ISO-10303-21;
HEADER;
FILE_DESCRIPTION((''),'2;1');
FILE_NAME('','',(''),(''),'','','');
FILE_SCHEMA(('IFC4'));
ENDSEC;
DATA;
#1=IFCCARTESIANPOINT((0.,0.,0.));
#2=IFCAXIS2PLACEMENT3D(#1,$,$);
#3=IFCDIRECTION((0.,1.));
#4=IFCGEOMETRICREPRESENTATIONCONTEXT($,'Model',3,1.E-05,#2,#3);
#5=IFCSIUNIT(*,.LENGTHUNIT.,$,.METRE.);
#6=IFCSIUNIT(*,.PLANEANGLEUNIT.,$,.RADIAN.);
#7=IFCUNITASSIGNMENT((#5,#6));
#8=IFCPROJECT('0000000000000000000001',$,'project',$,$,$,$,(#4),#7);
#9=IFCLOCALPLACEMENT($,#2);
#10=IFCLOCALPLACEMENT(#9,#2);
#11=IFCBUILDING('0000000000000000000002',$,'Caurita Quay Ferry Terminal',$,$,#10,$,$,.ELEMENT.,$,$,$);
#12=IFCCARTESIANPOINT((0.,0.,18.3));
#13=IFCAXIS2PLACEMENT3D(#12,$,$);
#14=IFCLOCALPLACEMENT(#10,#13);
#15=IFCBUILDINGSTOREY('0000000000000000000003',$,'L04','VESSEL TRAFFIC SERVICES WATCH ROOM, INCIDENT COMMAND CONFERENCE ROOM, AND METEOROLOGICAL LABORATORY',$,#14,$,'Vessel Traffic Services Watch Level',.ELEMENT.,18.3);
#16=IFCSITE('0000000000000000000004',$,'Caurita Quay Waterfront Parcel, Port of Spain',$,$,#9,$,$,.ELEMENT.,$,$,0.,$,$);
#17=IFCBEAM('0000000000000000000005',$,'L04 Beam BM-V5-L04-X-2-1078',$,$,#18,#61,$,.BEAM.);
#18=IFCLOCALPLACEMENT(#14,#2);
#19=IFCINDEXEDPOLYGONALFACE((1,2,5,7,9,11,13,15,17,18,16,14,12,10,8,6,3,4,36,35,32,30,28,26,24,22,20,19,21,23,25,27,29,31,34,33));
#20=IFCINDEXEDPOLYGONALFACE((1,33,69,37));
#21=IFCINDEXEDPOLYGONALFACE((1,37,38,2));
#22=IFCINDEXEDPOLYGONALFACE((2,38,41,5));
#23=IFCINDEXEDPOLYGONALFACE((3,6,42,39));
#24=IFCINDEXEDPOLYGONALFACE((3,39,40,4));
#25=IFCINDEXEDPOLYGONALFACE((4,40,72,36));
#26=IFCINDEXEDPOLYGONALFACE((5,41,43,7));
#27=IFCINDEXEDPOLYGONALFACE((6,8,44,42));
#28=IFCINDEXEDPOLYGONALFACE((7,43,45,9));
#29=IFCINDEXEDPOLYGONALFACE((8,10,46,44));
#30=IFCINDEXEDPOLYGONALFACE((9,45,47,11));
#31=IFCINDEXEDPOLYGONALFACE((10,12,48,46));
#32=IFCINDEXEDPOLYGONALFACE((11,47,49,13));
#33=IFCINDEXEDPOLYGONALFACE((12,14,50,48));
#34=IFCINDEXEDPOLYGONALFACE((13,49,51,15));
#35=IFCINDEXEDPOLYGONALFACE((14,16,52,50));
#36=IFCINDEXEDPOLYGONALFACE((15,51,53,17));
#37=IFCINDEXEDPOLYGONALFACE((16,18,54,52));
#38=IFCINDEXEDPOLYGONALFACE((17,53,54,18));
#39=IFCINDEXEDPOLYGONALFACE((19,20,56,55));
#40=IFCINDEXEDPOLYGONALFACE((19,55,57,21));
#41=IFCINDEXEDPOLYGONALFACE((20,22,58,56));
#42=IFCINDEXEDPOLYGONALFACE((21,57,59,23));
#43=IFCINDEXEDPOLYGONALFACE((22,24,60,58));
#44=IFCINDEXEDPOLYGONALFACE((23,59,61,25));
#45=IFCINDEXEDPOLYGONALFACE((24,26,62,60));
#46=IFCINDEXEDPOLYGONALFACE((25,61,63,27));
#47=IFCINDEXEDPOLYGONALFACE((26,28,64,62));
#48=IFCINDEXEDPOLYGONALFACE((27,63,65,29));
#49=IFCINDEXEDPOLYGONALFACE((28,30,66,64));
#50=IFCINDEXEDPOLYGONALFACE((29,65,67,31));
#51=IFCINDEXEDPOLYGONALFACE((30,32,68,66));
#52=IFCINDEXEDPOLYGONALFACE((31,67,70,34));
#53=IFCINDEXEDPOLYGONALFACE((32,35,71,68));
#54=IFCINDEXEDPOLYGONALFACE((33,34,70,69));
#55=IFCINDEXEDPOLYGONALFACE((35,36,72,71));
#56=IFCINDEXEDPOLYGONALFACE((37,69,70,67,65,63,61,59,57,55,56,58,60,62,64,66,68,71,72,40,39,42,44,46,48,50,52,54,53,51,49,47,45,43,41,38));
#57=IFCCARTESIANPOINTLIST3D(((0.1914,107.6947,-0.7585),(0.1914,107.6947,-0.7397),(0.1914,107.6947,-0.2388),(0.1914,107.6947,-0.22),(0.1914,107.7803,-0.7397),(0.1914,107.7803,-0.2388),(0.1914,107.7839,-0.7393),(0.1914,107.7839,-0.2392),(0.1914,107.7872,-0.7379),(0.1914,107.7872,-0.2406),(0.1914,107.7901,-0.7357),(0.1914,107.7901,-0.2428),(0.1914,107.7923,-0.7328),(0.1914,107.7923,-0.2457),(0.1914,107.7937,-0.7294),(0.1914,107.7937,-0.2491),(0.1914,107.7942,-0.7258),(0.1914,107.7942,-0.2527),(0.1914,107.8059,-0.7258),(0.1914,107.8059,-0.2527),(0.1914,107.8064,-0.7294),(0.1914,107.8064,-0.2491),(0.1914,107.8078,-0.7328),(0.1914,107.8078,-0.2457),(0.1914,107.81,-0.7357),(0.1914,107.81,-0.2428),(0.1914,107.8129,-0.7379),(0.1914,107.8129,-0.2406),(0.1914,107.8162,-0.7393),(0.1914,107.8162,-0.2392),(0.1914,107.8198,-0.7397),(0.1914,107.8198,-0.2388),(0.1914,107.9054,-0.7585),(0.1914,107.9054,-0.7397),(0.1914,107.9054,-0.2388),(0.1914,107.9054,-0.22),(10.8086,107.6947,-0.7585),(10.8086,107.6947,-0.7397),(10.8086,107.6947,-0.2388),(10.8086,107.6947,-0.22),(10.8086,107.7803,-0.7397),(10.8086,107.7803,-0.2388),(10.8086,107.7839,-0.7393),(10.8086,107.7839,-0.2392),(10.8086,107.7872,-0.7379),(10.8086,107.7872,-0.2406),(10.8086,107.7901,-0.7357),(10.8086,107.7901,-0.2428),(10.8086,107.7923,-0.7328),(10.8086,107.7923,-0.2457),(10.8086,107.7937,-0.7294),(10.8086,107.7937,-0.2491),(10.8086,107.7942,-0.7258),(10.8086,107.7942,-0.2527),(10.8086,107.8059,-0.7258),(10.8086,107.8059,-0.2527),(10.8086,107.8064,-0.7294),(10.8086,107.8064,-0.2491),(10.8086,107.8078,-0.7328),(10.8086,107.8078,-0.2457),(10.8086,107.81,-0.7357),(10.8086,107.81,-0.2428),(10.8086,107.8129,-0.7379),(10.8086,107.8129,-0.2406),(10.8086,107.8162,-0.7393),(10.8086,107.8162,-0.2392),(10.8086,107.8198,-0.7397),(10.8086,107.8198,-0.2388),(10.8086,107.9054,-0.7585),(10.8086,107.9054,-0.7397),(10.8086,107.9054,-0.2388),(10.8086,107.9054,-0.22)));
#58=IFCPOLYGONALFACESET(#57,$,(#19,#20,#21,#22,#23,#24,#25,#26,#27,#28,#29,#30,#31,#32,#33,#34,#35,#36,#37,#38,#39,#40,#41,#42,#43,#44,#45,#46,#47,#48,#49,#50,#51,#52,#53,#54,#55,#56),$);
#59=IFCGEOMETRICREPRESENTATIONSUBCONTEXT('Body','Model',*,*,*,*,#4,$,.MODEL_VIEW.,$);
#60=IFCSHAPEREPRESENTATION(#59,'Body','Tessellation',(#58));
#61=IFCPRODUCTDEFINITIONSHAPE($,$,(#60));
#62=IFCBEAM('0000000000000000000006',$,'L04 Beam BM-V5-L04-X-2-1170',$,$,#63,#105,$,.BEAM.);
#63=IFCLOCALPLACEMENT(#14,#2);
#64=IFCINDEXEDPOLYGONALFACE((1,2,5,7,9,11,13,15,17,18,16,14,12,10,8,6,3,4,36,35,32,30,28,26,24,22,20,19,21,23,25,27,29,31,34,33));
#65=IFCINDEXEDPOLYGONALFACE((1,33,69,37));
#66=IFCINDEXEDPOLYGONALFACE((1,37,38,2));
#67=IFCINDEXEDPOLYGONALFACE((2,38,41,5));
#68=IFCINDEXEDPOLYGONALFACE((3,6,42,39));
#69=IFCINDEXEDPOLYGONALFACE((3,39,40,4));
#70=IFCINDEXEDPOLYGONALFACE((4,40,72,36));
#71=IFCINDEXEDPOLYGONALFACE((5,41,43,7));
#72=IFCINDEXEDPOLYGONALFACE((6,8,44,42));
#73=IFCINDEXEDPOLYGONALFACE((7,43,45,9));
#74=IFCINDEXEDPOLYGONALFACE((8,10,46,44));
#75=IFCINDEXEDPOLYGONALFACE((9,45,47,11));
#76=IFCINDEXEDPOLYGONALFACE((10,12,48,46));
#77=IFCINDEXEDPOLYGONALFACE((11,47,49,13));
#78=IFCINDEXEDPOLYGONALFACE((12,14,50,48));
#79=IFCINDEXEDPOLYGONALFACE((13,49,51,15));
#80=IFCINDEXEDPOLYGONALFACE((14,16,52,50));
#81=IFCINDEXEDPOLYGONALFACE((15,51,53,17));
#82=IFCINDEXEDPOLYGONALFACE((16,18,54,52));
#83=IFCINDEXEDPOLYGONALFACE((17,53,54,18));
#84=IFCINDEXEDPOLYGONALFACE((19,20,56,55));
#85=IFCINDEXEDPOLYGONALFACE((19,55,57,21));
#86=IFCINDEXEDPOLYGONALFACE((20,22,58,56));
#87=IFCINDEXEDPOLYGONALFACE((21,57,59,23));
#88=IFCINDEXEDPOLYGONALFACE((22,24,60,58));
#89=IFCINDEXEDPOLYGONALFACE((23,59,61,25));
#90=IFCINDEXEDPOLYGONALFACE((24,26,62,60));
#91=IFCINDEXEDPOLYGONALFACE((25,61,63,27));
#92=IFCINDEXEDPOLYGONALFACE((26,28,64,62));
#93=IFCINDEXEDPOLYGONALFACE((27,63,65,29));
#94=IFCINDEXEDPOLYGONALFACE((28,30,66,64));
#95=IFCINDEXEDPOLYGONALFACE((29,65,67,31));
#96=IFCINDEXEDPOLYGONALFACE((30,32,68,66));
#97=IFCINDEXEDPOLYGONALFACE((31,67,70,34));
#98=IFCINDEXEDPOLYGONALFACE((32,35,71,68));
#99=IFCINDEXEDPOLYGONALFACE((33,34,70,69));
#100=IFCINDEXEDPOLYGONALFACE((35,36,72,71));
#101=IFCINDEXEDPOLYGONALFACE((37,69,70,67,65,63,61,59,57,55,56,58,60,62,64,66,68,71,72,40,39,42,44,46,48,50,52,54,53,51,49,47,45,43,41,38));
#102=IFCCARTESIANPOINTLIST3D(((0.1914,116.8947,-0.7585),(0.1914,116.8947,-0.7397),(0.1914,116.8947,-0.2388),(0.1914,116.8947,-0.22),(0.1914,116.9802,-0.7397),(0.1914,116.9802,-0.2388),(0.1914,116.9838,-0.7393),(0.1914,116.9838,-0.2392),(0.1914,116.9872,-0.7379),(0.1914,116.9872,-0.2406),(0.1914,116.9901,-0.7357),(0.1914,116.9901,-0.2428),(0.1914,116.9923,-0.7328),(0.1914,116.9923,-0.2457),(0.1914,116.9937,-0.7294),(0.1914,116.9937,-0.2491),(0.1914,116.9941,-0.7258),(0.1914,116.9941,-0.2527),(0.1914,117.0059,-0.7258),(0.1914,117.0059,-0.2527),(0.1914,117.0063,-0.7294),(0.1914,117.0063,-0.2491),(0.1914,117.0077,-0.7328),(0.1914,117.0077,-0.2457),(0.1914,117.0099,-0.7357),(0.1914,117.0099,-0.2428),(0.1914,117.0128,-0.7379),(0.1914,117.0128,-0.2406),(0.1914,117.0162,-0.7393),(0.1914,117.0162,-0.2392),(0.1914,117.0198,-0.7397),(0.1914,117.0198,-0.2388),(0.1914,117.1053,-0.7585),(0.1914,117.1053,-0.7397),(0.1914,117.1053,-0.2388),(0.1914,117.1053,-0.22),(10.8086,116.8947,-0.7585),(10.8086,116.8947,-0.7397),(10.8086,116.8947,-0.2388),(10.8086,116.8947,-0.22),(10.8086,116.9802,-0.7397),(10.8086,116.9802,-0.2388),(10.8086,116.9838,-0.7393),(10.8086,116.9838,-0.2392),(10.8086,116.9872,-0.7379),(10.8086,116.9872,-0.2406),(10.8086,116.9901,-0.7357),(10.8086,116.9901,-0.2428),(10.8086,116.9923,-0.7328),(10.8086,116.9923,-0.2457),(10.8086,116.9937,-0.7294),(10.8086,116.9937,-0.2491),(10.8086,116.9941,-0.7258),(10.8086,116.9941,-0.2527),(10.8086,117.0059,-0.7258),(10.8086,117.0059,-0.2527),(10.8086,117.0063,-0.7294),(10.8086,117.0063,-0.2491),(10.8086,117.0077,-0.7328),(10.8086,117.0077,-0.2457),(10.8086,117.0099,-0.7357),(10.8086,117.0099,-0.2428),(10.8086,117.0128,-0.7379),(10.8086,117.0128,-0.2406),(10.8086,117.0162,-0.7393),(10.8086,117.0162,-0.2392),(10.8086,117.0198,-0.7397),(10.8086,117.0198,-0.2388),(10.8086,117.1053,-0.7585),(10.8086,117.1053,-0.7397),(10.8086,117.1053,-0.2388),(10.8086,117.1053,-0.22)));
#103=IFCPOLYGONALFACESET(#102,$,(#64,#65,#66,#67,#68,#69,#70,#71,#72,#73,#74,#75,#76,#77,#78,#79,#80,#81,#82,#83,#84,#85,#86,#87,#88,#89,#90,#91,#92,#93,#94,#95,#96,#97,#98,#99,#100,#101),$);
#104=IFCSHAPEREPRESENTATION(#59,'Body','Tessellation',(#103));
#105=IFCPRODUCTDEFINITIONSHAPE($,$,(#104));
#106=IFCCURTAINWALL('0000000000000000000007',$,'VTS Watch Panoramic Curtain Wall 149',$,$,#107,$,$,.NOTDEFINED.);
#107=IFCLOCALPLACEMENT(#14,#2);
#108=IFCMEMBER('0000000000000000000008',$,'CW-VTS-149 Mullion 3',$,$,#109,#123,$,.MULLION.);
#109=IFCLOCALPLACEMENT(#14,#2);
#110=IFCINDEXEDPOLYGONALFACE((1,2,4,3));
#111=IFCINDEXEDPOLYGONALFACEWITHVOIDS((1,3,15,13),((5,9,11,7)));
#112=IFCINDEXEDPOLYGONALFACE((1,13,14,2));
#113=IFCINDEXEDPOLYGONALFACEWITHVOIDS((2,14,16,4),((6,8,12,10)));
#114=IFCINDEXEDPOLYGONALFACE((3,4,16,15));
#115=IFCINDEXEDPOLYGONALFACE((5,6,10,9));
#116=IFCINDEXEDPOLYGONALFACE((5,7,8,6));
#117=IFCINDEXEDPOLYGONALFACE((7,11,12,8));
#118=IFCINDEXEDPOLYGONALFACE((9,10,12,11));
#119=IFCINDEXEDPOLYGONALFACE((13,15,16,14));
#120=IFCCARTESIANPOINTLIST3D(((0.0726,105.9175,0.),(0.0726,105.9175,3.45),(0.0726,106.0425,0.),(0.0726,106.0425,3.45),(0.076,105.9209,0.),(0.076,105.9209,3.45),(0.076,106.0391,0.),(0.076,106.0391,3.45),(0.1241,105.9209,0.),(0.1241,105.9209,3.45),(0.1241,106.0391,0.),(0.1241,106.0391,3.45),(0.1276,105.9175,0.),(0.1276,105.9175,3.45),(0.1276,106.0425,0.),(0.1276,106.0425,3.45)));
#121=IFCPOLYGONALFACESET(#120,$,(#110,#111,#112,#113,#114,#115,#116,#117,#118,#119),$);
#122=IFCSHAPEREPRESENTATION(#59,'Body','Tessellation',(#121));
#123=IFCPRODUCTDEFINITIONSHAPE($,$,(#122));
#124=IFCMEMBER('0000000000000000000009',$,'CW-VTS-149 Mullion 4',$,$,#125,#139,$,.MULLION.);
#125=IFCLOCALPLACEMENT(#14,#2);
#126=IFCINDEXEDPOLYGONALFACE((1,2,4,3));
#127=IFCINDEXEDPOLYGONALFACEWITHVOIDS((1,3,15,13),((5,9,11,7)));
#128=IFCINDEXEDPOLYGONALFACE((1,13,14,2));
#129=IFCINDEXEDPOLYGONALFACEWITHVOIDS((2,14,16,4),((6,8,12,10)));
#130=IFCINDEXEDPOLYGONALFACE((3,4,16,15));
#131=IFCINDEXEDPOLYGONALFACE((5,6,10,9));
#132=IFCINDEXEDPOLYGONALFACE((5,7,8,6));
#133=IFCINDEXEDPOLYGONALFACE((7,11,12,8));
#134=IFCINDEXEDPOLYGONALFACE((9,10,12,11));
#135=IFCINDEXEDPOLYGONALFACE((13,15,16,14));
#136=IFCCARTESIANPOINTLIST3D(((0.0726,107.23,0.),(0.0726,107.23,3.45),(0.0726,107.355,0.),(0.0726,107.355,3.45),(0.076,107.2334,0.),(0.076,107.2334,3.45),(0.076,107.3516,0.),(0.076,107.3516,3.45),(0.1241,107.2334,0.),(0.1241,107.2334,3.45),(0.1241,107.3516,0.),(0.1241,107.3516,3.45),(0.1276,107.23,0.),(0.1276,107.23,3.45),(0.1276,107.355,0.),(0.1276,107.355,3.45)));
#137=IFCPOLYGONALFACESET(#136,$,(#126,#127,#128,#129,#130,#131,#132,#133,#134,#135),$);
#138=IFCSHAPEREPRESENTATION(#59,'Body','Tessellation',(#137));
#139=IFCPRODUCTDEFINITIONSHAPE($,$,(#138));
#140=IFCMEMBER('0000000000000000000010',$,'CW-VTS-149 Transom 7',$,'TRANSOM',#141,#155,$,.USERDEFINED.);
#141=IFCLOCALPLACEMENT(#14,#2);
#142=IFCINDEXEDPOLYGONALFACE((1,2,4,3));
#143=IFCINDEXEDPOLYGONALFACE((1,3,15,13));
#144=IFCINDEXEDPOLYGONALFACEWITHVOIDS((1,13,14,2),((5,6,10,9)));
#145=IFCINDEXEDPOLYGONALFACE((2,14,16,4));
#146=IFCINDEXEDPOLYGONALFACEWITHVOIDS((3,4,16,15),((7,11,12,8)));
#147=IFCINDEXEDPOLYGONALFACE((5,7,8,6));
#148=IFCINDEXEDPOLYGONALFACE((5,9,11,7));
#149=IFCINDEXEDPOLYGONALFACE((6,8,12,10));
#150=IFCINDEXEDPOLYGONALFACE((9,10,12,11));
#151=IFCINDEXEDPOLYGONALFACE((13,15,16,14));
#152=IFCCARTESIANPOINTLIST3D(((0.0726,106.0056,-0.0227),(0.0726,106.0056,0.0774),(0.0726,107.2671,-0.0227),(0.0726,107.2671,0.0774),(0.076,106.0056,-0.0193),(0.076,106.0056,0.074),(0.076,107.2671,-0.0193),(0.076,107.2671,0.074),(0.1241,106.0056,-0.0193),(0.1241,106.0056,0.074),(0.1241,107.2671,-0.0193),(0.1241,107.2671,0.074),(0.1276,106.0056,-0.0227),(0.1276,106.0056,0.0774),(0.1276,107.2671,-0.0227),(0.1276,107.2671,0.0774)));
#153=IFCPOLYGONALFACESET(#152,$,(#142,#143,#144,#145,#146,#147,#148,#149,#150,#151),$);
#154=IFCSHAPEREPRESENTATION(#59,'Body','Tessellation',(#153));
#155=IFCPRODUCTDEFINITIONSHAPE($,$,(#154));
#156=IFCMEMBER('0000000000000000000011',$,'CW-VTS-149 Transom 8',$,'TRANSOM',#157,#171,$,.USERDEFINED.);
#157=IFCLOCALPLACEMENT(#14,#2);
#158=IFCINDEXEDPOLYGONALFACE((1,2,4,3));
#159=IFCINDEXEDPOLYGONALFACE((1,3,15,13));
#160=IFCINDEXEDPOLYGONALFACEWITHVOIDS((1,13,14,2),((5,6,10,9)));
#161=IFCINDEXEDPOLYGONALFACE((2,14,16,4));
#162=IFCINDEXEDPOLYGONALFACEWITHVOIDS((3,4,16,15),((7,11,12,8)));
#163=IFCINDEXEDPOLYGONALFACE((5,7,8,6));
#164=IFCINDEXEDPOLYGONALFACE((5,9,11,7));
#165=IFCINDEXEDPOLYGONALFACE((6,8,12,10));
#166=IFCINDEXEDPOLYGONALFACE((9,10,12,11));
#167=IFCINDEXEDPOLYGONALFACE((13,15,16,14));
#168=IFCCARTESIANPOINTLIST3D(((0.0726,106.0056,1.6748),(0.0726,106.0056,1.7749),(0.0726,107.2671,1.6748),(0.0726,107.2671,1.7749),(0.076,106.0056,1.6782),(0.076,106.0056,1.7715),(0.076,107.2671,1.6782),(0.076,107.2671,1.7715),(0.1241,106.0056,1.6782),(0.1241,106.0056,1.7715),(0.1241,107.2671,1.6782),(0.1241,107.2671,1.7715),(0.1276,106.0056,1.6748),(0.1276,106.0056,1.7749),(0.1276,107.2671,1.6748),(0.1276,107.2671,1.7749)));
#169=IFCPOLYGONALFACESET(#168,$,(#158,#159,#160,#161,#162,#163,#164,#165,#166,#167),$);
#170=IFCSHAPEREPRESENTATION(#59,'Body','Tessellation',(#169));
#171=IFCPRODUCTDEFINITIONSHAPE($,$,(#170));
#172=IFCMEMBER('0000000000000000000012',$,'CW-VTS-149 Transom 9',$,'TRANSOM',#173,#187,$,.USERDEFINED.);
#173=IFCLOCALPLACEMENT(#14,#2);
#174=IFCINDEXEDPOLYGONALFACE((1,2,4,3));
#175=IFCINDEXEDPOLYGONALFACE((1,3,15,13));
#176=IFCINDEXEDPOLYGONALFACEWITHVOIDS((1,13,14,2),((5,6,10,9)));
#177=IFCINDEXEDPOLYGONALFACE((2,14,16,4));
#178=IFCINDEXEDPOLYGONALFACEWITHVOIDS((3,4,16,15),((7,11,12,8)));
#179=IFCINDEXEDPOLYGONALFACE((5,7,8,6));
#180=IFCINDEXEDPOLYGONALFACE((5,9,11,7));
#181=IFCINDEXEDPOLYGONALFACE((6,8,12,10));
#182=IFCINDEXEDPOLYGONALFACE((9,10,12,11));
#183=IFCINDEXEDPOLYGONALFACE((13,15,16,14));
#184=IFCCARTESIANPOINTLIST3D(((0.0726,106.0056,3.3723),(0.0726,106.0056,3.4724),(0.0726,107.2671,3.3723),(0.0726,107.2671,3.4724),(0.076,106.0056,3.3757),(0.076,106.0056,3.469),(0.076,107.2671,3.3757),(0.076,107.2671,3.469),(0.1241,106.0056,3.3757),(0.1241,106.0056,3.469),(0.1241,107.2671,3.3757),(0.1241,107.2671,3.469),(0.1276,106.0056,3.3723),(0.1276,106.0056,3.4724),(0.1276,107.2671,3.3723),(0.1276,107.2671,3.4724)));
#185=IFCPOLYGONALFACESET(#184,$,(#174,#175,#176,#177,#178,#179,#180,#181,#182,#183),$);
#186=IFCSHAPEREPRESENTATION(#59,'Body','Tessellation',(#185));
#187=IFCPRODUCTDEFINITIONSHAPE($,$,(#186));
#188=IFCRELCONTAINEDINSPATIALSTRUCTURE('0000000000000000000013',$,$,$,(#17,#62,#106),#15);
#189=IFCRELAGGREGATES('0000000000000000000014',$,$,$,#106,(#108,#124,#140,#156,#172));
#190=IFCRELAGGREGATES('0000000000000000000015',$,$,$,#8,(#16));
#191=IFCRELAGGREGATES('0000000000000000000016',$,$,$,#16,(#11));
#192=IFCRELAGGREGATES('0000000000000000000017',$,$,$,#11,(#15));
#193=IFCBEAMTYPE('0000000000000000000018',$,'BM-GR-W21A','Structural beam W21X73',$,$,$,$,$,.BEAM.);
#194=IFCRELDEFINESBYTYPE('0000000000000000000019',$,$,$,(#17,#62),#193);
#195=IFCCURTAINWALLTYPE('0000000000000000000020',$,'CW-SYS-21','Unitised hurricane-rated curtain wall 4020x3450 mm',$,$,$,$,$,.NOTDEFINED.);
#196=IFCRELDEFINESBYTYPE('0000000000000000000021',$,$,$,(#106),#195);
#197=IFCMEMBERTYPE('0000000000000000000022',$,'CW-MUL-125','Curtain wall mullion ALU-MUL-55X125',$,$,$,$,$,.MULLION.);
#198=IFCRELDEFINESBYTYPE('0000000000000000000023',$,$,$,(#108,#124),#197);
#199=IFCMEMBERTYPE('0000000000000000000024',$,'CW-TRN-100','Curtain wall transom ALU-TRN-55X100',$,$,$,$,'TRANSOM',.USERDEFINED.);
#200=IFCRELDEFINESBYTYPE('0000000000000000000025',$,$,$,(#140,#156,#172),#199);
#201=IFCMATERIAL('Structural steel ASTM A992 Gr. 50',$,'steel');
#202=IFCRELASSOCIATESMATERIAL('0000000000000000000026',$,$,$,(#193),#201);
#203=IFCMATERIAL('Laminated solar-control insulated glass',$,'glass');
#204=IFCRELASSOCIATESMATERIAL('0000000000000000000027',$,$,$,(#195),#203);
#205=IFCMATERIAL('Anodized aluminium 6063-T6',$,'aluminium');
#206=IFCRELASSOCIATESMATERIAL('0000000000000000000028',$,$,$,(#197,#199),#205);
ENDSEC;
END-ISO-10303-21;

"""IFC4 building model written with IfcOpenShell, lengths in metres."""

from ifc_helpers import new_model, si_unit, direction, frame, origin, origin_2d, place, context, subcontext, project, spatial, hollow_rectangle, i_section, extrude, material, material_profile, profile_set, type_object, element, aggregate, save


model = new_model("IFC4")

# Units and contexts
model_context = context("Model", 3, precision=1e-05, world=origin(), true_north=direction((0.0, 1.0)))
body_context = subcontext(model_context, "Body", "Model", "MODEL_VIEW")
ifc_project = project(units=[si_unit("LENGTHUNIT", "METRE"), si_unit("PLANEANGLEUNIT", "RADIAN")], contexts=[model_context])

# Site, building, storey
site_placement = place(None, origin())
site = spatial("IfcSite", under=ifc_project, at=site_placement, Name="Caurita Quay Waterfront Parcel, Port of Spain", CompositionType="ELEMENT", RefElevation=0.0)
building_placement = place(site_placement, origin())
building = spatial("IfcBuilding", under=site, at=building_placement, Name="Caurita Quay Ferry Terminal", CompositionType="ELEMENT")
storey_placement = place(building_placement, frame((0.0, 0.0, 18.3)))
storey = spatial("IfcBuildingStorey", under=building, at=storey_placement, Name="L04", Description="VESSEL TRAFFIC SERVICES WATCH ROOM, INCIDENT COMMAND CONFERENCE ROOM, AND METEOROLOGICAL LABORATORY", LongName="Vessel Traffic Services Watch Level", CompositionType="ELEMENT", Elevation=18.3)

# Beams
ifc_material_1 = material(Name="Structural steel ASTM A992 Gr. 50", Category="steel")
ifc_material_profile_1 = material_profile(ifc_material_1, i_section(OverallWidth=0.2107, OverallDepth=0.5386, WebThickness=0.0117, FlangeThickness=0.0188, FilletRadius=0.0139, at=origin_2d()), Name="W21X73")
ifc_profile_set_1 = profile_set([ifc_material_profile_1], Name="Structural steel ASTM A992 Gr. 50")
beam_type_1 = type_object("IfcBeamType", Name="BM-GR-W21A", Description="Structural beam W21X73", PredefinedType="BEAM", material=ifc_profile_set_1)
for number, where, z_axis, x_axis, name in (
    (1, (0.1914, 107.8, -0.4893), (1.0, 0.0, 0.0), (0.0, 1.0, 0.0), "L04 Beam BM-V5-L04-X-2-1078"),
    (2, (0.1914, 117.0, -0.4893), (1.0, 0.0, 0.0), (0.0, 1.0, 0.0), "L04 Beam BM-V5-L04-X-2-1170"),
):
    element("IfcBeam", number, at=place(storey_placement, frame(where, z_axis=z_axis, x_axis=x_axis)), inside=storey, type_object=beam_type_1, Name=name, PredefinedType="BEAM", context=body_context, shape_type="SweptSolid", body=[
        extrude(i_section(OverallWidth=0.2107, OverallDepth=0.5386, WebThickness=0.0117, FlangeThickness=0.0188, FilletRadius=0.0139, at=origin_2d()), origin(), (0.0, 0.0, 1.0), 10.6172),
    ])

# Curtain wall, members
ifc_material_2 = material(Name="Laminated solar-control insulated glass", Category="glass")
curtain_wall_type = type_object("IfcCurtainWallType", Name="CW-SYS-21", Description="Unitised hurricane-rated curtain wall 4020x3450 mm", PredefinedType="NOTDEFINED", material=ifc_material_2)
curtain_wall_placement = place(storey_placement, origin())
curtain_wall = element("IfcCurtainWall", 3, at=curtain_wall_placement, inside=storey, type_object=curtain_wall_type, Name="VTS Watch Panoramic Curtain Wall 149", PredefinedType="NOTDEFINED")
ifc_material_3 = material(Name="Anodized aluminium 6063-T6", Category="aluminium")
ifc_material_profile_2 = material_profile(ifc_material_3, hollow_rectangle(XDim=0.0549, YDim=0.125, WallThickness=0.0034, at=origin_2d()), Name="ALU-MUL-55X125")
ifc_profile_set_2 = profile_set([ifc_material_profile_2], Name="Anodized aluminium 6063-T6")
member_type_1 = type_object("IfcMemberType", Name="CW-MUL-125", Description="Curtain wall mullion ALU-MUL-55X125", PredefinedType="MULLION", material=ifc_profile_set_2)
member_1_placement = place(storey_placement, frame((0.1001, 105.98, 0.0), z_axis=(0.0, 0.0, 1.0), x_axis=(-1.0, 0.0, 0.0)))
member_1 = element("IfcMember", 4, at=member_1_placement, type_object=member_type_1, Name="CW-VTS-149 Mullion 3", PredefinedType="MULLION", context=body_context, shape_type="SweptSolid", body=[
    extrude(hollow_rectangle(XDim=0.0549, YDim=0.125, WallThickness=0.0034, at=origin_2d()), origin(), (0.0, 0.0, 1.0), 3.45),
])
member_2_placement = place(storey_placement, frame((0.1001, 107.2925, 0.0), z_axis=(0.0, 0.0, 1.0), x_axis=(-1.0, 0.0, 0.0)))
member_2 = element("IfcMember", 5, at=member_2_placement, type_object=member_type_1, Name="CW-VTS-149 Mullion 4", PredefinedType="MULLION", context=body_context, shape_type="SweptSolid", body=[
    extrude(hollow_rectangle(XDim=0.0549, YDim=0.125, WallThickness=0.0034, at=origin_2d()), origin(), (0.0, 0.0, 1.0), 3.45),
])
ifc_material_profile_3 = material_profile(ifc_material_3, hollow_rectangle(XDim=0.0549, YDim=0.1001, WallThickness=0.0034, at=origin_2d()), Name="ALU-TRN-55X100")
ifc_profile_set_3 = profile_set([ifc_material_profile_3], Name="Anodized aluminium 6063-T6")
member_type_2 = type_object("IfcMemberType", Name="CW-TRN-100", Description="Curtain wall transom ALU-TRN-55X100", ElementType="TRANSOM", PredefinedType="USERDEFINED", material=ifc_profile_set_3)
member_3_placement = place(storey_placement, frame((0.1001, 106.0056, 0.0273), z_axis=(0.0, 1.0, 0.0), x_axis=(-1.0, 0.0, 0.0)))
member_3 = element("IfcMember", 6, at=member_3_placement, type_object=member_type_2, Name="CW-VTS-149 Transom 7", ObjectType="TRANSOM", PredefinedType="USERDEFINED", context=body_context, shape_type="SweptSolid", body=[
    extrude(hollow_rectangle(XDim=0.0549, YDim=0.1001, WallThickness=0.0034, at=origin_2d()), origin(), (0.0, 0.0, 1.0), 1.2615),
])
member_4_placement = place(storey_placement, frame((0.1001, 106.0056, 1.7249), z_axis=(0.0, 1.0, 0.0), x_axis=(-1.0, 0.0, 0.0)))
member_4 = element("IfcMember", 7, at=member_4_placement, type_object=member_type_2, Name="CW-VTS-149 Transom 8", ObjectType="TRANSOM", PredefinedType="USERDEFINED", context=body_context, shape_type="SweptSolid", body=[
    extrude(hollow_rectangle(XDim=0.0549, YDim=0.1001, WallThickness=0.0034, at=origin_2d()), origin(), (0.0, 0.0, 1.0), 1.2615),
])
member_5_placement = place(storey_placement, frame((0.1001, 106.0056, 3.4224), z_axis=(0.0, 1.0, 0.0), x_axis=(-1.0, 0.0, 0.0)))
member_5 = element("IfcMember", 8, at=member_5_placement, type_object=member_type_2, Name="CW-VTS-149 Transom 9", ObjectType="TRANSOM", PredefinedType="USERDEFINED", context=body_context, shape_type="SweptSolid", body=[
    extrude(hollow_rectangle(XDim=0.0549, YDim=0.1001, WallThickness=0.0034, at=origin_2d()), origin(), (0.0, 0.0, 1.0), 1.2615),
])

aggregate(curtain_wall, [member_1, member_2, member_3, member_4, member_5])

save(model, "model.ifc")
